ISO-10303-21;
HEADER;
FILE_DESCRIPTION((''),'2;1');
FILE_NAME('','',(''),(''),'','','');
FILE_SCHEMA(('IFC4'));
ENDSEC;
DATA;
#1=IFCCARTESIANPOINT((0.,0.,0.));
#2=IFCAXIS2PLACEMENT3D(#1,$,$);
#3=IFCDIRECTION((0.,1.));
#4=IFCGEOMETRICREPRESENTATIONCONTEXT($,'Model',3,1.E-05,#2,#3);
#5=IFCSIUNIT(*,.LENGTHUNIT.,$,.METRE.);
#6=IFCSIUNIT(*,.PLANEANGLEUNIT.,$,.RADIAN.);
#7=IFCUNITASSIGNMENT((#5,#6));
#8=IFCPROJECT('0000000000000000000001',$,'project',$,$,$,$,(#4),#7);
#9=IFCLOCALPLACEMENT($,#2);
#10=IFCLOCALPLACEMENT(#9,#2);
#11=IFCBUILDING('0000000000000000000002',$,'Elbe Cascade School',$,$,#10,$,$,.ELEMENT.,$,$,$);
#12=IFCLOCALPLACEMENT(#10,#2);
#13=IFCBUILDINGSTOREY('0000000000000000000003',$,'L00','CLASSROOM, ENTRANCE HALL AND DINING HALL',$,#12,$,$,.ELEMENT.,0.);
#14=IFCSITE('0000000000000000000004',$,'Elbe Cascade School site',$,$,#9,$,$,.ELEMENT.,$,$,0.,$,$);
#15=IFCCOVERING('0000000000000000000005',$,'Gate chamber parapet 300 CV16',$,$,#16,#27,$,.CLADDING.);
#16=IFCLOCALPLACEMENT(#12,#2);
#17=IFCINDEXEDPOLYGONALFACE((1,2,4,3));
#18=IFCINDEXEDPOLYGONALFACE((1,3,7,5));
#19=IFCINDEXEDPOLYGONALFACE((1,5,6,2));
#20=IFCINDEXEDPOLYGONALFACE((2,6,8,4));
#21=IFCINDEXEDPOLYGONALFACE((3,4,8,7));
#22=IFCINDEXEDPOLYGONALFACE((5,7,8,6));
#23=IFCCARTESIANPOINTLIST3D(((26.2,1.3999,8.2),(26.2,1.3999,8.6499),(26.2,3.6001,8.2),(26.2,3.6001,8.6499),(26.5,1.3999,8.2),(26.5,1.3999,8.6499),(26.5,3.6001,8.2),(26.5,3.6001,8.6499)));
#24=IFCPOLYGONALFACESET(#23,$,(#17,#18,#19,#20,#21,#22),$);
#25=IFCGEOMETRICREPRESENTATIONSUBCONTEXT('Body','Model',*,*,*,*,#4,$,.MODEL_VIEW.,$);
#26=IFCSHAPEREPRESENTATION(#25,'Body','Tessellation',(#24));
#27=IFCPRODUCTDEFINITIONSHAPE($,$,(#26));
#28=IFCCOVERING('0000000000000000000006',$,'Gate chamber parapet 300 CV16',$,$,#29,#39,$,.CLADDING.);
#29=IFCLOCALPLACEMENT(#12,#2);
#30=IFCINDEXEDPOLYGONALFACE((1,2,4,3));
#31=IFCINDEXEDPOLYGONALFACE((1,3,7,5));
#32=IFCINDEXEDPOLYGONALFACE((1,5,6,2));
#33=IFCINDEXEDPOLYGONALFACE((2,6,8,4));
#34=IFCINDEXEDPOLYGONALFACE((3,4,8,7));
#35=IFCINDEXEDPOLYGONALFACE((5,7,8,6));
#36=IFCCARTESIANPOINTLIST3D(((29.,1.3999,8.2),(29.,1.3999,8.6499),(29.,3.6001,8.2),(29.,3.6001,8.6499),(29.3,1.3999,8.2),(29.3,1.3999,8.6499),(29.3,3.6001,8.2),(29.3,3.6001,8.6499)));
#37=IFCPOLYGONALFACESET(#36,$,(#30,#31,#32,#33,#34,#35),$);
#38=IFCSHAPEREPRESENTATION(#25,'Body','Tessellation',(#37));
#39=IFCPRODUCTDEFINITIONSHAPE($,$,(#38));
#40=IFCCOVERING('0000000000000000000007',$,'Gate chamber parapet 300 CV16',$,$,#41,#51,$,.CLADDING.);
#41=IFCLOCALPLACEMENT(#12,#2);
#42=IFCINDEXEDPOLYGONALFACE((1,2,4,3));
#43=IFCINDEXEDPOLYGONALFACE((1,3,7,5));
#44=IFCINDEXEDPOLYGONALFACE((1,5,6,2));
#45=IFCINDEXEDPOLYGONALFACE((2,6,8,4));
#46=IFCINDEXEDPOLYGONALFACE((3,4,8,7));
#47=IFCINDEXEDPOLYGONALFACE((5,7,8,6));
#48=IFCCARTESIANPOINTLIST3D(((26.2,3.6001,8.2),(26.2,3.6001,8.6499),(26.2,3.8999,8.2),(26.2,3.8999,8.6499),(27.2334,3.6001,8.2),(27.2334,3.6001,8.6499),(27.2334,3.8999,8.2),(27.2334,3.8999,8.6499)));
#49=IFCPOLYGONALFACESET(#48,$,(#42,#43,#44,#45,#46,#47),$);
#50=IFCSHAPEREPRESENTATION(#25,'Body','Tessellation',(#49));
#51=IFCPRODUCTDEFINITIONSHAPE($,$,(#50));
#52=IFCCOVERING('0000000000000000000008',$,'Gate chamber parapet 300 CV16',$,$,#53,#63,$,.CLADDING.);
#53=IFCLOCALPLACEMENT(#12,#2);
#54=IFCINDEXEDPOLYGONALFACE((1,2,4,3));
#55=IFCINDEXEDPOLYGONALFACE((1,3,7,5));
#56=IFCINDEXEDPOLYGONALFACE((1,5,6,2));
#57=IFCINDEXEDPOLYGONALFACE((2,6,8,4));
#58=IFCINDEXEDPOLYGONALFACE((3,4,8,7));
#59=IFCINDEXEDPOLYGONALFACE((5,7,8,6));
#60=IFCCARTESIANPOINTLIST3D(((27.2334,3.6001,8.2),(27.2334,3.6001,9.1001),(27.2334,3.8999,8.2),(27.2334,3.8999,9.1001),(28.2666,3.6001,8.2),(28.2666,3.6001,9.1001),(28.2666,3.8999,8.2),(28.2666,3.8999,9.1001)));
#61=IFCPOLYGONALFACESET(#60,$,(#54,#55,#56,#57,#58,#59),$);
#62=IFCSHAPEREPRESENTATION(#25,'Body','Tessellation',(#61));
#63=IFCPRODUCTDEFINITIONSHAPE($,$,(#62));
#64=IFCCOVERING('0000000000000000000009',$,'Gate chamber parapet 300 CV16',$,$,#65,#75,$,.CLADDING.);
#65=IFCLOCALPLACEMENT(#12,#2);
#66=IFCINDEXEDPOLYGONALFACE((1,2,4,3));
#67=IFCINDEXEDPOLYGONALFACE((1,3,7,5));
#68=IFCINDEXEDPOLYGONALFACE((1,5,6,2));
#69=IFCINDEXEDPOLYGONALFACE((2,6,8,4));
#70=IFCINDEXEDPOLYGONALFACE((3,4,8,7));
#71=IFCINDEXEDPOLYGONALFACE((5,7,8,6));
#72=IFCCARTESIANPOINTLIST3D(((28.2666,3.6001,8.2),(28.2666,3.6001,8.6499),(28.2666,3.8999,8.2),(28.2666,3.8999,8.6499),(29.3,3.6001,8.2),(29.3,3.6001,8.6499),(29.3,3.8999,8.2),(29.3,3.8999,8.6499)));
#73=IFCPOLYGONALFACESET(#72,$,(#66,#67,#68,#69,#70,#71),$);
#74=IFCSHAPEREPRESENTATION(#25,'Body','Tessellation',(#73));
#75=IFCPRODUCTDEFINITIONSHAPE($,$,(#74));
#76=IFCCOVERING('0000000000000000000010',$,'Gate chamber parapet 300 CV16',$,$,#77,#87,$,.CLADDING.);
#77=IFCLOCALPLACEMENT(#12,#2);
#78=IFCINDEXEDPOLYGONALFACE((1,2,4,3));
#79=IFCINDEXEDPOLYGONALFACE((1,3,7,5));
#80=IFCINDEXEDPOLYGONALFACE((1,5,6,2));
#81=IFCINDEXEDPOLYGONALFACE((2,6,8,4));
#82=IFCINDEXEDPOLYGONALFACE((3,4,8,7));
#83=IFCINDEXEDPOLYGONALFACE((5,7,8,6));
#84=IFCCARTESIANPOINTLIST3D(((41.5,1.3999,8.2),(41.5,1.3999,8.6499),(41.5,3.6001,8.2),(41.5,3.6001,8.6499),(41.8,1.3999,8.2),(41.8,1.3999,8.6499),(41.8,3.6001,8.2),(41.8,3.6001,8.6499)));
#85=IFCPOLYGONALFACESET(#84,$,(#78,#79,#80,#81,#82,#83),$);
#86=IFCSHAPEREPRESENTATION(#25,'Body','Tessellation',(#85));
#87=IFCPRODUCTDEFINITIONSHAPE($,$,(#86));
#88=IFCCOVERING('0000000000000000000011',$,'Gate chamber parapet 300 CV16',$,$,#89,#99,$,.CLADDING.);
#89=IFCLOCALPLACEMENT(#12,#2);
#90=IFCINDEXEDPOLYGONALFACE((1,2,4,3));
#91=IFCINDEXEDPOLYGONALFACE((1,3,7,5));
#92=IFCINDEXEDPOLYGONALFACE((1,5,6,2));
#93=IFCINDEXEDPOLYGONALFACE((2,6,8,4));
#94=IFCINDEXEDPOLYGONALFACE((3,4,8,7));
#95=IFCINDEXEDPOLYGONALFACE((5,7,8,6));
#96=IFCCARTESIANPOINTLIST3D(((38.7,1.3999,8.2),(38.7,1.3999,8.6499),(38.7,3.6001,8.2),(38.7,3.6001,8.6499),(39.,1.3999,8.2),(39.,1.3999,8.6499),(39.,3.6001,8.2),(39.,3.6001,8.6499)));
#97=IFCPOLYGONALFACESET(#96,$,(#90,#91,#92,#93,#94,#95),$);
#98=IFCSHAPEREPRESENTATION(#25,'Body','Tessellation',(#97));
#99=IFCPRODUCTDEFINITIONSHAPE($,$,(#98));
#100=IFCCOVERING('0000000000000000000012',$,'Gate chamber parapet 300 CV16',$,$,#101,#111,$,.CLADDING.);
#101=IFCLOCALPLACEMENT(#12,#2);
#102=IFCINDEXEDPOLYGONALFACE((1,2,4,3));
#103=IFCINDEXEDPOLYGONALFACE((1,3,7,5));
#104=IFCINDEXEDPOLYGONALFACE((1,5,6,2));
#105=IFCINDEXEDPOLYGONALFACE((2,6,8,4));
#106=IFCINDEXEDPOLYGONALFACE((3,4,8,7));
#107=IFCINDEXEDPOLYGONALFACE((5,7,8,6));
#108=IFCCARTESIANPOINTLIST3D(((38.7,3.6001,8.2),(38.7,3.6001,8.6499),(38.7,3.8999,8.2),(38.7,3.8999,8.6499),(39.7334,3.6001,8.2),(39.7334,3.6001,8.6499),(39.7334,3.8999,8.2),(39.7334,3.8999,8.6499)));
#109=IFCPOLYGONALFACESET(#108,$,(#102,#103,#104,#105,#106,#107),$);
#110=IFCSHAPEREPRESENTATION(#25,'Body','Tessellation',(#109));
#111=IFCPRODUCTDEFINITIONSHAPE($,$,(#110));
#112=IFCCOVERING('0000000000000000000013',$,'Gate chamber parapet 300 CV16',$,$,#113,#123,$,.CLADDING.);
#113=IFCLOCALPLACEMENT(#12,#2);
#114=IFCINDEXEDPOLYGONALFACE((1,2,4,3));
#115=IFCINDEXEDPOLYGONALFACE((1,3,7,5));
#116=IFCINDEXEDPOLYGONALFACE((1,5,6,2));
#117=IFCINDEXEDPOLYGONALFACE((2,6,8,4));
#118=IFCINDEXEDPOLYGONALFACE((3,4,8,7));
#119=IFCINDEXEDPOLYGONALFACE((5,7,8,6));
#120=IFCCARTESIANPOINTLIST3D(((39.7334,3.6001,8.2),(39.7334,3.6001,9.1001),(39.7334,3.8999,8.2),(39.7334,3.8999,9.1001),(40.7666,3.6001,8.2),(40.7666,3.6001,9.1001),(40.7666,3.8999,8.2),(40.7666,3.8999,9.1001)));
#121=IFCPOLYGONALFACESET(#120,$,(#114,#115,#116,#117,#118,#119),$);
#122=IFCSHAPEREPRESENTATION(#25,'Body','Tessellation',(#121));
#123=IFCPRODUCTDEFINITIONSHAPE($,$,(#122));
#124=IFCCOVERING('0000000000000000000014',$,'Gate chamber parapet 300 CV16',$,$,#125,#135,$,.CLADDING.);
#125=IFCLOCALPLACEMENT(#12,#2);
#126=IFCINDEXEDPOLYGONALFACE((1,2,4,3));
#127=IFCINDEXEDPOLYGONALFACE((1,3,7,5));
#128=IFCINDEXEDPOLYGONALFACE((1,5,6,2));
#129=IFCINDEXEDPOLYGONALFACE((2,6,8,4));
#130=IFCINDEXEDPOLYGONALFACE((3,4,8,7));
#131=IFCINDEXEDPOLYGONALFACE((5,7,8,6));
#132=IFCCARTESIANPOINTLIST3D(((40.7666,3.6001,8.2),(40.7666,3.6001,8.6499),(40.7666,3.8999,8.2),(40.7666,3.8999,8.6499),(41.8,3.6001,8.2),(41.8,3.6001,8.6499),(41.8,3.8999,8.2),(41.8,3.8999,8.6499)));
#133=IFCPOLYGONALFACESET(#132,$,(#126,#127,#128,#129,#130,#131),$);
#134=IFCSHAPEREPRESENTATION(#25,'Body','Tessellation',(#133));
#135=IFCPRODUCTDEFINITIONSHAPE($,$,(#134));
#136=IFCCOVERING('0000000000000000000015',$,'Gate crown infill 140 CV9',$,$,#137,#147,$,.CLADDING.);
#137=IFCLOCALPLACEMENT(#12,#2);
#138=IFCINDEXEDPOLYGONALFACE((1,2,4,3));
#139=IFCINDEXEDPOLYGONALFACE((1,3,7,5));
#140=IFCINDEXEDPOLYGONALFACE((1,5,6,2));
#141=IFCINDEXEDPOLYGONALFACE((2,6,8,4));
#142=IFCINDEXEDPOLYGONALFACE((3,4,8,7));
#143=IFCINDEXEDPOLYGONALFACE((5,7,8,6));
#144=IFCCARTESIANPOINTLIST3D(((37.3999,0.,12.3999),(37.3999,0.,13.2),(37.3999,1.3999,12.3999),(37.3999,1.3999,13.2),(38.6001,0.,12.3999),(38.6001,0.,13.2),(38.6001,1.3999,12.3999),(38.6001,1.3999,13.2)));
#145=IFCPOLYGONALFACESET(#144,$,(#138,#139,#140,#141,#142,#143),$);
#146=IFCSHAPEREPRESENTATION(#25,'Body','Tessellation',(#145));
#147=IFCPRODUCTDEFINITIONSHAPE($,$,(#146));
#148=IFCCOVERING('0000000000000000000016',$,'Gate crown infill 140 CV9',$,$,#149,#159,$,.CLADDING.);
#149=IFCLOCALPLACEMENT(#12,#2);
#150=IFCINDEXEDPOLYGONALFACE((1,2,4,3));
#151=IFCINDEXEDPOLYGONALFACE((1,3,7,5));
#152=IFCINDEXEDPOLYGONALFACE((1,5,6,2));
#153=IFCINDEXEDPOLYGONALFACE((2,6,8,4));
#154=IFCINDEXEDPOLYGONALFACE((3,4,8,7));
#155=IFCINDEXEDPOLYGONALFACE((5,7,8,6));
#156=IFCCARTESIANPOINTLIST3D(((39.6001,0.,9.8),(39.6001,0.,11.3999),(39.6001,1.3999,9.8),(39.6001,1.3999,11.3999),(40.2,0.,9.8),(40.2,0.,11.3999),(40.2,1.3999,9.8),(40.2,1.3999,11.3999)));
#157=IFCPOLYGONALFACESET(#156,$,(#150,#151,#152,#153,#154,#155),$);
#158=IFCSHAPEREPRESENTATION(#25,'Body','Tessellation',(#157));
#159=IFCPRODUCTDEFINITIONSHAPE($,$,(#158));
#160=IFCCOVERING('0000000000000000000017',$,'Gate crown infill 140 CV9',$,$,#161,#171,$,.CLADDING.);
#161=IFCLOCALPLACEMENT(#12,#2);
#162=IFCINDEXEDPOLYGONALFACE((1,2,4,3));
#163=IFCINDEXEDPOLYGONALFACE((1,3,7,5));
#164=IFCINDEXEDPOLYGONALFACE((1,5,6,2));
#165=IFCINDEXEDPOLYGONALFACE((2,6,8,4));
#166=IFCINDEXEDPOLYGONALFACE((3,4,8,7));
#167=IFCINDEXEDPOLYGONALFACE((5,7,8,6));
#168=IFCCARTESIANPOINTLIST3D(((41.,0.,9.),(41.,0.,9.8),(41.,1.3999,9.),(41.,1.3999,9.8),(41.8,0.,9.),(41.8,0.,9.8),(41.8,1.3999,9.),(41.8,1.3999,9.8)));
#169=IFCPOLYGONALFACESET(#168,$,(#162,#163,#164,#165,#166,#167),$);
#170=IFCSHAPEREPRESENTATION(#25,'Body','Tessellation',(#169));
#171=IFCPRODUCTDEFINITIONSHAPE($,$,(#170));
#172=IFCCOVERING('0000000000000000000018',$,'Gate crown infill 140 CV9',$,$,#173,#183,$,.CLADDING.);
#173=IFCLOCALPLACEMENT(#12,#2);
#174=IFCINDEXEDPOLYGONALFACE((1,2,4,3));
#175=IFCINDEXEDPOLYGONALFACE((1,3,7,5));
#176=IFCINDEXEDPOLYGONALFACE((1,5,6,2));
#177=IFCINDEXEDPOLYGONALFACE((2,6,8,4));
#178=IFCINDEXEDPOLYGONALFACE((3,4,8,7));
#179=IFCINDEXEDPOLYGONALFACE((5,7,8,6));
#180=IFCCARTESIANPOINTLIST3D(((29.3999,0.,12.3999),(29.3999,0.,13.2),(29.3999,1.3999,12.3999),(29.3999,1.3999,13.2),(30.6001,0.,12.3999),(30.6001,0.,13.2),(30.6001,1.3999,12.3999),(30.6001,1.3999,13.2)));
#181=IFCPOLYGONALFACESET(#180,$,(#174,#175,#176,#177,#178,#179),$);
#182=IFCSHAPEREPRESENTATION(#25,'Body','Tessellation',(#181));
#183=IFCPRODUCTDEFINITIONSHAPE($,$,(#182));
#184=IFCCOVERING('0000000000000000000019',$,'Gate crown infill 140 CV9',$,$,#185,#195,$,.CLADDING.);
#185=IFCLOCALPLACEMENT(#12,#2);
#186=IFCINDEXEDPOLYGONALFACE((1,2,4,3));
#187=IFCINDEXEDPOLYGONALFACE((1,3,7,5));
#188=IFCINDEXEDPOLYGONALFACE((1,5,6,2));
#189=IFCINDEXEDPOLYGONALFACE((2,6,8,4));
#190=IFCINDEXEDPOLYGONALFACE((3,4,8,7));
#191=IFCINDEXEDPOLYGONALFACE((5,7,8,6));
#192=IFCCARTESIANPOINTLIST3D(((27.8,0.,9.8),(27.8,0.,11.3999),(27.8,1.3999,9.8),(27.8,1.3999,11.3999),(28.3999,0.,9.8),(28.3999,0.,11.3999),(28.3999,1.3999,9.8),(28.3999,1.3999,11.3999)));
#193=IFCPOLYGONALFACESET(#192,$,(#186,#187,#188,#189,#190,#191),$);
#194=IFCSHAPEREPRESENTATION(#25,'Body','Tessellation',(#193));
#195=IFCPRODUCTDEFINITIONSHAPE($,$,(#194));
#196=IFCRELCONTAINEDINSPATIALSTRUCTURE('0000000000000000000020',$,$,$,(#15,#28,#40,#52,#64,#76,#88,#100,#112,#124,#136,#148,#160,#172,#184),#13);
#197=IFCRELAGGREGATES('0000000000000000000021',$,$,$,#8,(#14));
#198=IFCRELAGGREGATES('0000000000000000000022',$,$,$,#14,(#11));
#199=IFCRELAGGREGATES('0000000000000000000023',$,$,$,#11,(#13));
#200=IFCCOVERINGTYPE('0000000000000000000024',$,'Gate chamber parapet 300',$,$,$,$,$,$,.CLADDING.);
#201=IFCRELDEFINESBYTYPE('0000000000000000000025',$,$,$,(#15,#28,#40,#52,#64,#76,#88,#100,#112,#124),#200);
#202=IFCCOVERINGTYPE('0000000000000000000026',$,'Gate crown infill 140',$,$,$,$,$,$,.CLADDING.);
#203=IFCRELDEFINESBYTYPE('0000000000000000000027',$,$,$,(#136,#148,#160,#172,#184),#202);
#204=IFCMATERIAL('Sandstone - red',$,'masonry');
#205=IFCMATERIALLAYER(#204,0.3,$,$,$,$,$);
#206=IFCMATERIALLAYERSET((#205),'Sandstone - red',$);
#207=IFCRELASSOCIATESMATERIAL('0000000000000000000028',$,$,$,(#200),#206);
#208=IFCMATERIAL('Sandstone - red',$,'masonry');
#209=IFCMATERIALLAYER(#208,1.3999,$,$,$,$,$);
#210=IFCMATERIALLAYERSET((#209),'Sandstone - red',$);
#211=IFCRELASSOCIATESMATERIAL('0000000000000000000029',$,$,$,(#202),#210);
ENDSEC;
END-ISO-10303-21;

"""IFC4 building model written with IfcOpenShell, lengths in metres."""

from ifc_helpers import new_model, si_unit, direction, frame, origin, place, context, subcontext, project, spatial, polyline, outline, extrude, material, layer, layer_set, type_object, element, save


model = new_model("IFC4")

# Units and contexts
model_context = context("Model", 3, precision=1e-05, world=origin(), true_north=direction((0.0, 1.0)))
body_context = subcontext(model_context, "Body", "Model", "MODEL_VIEW")
ifc_project = project(units=[si_unit("LENGTHUNIT", "METRE"), si_unit("PLANEANGLEUNIT", "RADIAN")], contexts=[model_context])

# Site, building, storey
site_placement = place(None, origin())
site = spatial("IfcSite", under=ifc_project, at=site_placement, Name="Elbe Cascade School site", CompositionType="ELEMENT", RefElevation=0.0)
building_placement = place(site_placement, origin())
building = spatial("IfcBuilding", under=site, at=building_placement, Name="Elbe Cascade School", CompositionType="ELEMENT")
storey_placement = place(building_placement, origin())
storey = spatial("IfcBuildingStorey", under=building, at=storey_placement, Name="L00", Description="CLASSROOM, ENTRANCE HALL AND DINING HALL", CompositionType="ELEMENT", Elevation=0.0)

# Coverings
ifc_material_1 = material(Name="Sandstone - red", Category="masonry")
ifc_layer_1 = layer(ifc_material_1, 0.3)
ifc_layer_set_1 = layer_set([ifc_layer_1], Name="Sandstone - red")
covering_type_1 = type_object("IfcCoveringType", Name="Gate chamber parapet 300", PredefinedType="CLADDING", material=ifc_layer_set_1)
covering_1_placement = place(storey_placement, frame((0.0, 0.0, 8.2)))
element("IfcCovering", 1, at=covering_1_placement, inside=storey, type_object=covering_type_1, Name="Gate chamber parapet 300 CV16", PredefinedType="CLADDING", context=body_context, shape_type="SweptSolid", body=[
    extrude(outline(polyline([(26.2, 1.3999), (26.5, 1.3999), (26.5, 3.6001), (26.2, 3.6001), (26.2, 1.3999)])), origin(), (0.0, 0.0, 1.0), 0.45),
])
covering_2_placement = place(storey_placement, frame((0.0, 0.0, 8.2)))
element("IfcCovering", 2, at=covering_2_placement, inside=storey, type_object=covering_type_1, Name="Gate chamber parapet 300 CV16", PredefinedType="CLADDING", context=body_context, shape_type="SweptSolid", body=[
    extrude(outline(polyline([(29.0, 1.3999), (29.3, 1.3999), (29.3, 3.6001), (29.0, 3.6001), (29.0, 1.3999)])), origin(), (0.0, 0.0, 1.0), 0.45),
])
covering_3_placement = place(storey_placement, frame((0.0, 0.0, 8.2)))
element("IfcCovering", 3, at=covering_3_placement, inside=storey, type_object=covering_type_1, Name="Gate chamber parapet 300 CV16", PredefinedType="CLADDING", context=body_context, shape_type="SweptSolid", body=[
    extrude(outline(polyline([(26.2, 3.6001), (27.2334, 3.6001), (27.2334, 3.8999), (26.2, 3.8999), (26.2, 3.6001)])), origin(), (0.0, 0.0, 1.0), 0.45),
])
covering_4_placement = place(storey_placement, frame((0.0, 0.0, 8.2)))
element("IfcCovering", 4, at=covering_4_placement, inside=storey, type_object=covering_type_1, Name="Gate chamber parapet 300 CV16", PredefinedType="CLADDING", context=body_context, shape_type="SweptSolid", body=[
    extrude(outline(polyline([(27.2334, 3.6001), (28.2666, 3.6001), (28.2666, 3.8999), (27.2334, 3.8999), (27.2334, 3.6001)])), origin(), (0.0, 0.0, 1.0), 0.9001),
])
covering_5_placement = place(storey_placement, frame((0.0, 0.0, 8.2)))
element("IfcCovering", 5, at=covering_5_placement, inside=storey, type_object=covering_type_1, Name="Gate chamber parapet 300 CV16", PredefinedType="CLADDING", context=body_context, shape_type="SweptSolid", body=[
    extrude(outline(polyline([(28.2666, 3.6001), (29.3, 3.6001), (29.3, 3.8999), (28.2666, 3.8999), (28.2666, 3.6001)])), origin(), (0.0, 0.0, 1.0), 0.45),
])
covering_6_placement = place(storey_placement, frame((0.0, 0.0, 8.2)))
element("IfcCovering", 6, at=covering_6_placement, inside=storey, type_object=covering_type_1, Name="Gate chamber parapet 300 CV16", PredefinedType="CLADDING", context=body_context, shape_type="SweptSolid", body=[
    extrude(outline(polyline([(41.5, 1.3999), (41.8, 1.3999), (41.8, 3.6001), (41.5, 3.6001), (41.5, 1.3999)])), origin(), (0.0, 0.0, 1.0), 0.45),
])
covering_7_placement = place(storey_placement, frame((0.0, 0.0, 8.2)))
element("IfcCovering", 7, at=covering_7_placement, inside=storey, type_object=covering_type_1, Name="Gate chamber parapet 300 CV16", PredefinedType="CLADDING", context=body_context, shape_type="SweptSolid", body=[
    extrude(outline(polyline([(38.7, 1.3999), (39.0, 1.3999), (39.0, 3.6001), (38.7, 3.6001), (38.7, 1.3999)])), origin(), (0.0, 0.0, 1.0), 0.45),
])
covering_8_placement = place(storey_placement, frame((0.0, 0.0, 8.2)))
element("IfcCovering", 8, at=covering_8_placement, inside=storey, type_object=covering_type_1, Name="Gate chamber parapet 300 CV16", PredefinedType="CLADDING", context=body_context, shape_type="SweptSolid", body=[
    extrude(outline(polyline([(38.7, 3.6001), (39.7334, 3.6001), (39.7334, 3.8999), (38.7, 3.8999), (38.7, 3.6001)])), origin(), (0.0, 0.0, 1.0), 0.45),
])
covering_9_placement = place(storey_placement, frame((0.0, 0.0, 8.2)))
element("IfcCovering", 9, at=covering_9_placement, inside=storey, type_object=covering_type_1, Name="Gate chamber parapet 300 CV16", PredefinedType="CLADDING", context=body_context, shape_type="SweptSolid", body=[
    extrude(outline(polyline([(39.7334, 3.6001), (40.7666, 3.6001), (40.7666, 3.8999), (39.7334, 3.8999), (39.7334, 3.6001)])), origin(), (0.0, 0.0, 1.0), 0.9001),
])
covering_10_placement = place(storey_placement, frame((0.0, 0.0, 8.2)))
element("IfcCovering", 10, at=covering_10_placement, inside=storey, type_object=covering_type_1, Name="Gate chamber parapet 300 CV16", PredefinedType="CLADDING", context=body_context, shape_type="SweptSolid", body=[
    extrude(outline(polyline([(40.7666, 3.6001), (41.8, 3.6001), (41.8, 3.8999), (40.7666, 3.8999), (40.7666, 3.6001)])), origin(), (0.0, 0.0, 1.0), 0.45),
])
ifc_material_2 = material(Name="Sandstone - red", Category="masonry")
ifc_layer_2 = layer(ifc_material_2, 1.3999)
ifc_layer_set_2 = layer_set([ifc_layer_2], Name="Sandstone - red")
covering_type_2 = type_object("IfcCoveringType", Name="Gate crown infill 140", PredefinedType="CLADDING", material=ifc_layer_set_2)
covering_11_placement = place(storey_placement, frame((0.0, 0.0, 12.3999)))
element("IfcCovering", 11, at=covering_11_placement, inside=storey, type_object=covering_type_2, Name="Gate crown infill 140 CV9", PredefinedType="CLADDING", context=body_context, shape_type="SweptSolid", body=[
    extrude(outline(polyline([(37.3999, 0.0), (38.6001, 0.0), (38.6001, 1.3999), (37.3999, 1.3999), (37.3999, 0.0)])), origin(), (0.0, 0.0, 1.0), 0.8),
])
covering_12_placement = place(storey_placement, frame((0.0, 0.0, 9.8)))
element("IfcCovering", 12, at=covering_12_placement, inside=storey, type_object=covering_type_2, Name="Gate crown infill 140 CV9", PredefinedType="CLADDING", context=body_context, shape_type="SweptSolid", body=[
    extrude(outline(polyline([(39.6001, 0.0), (40.2, 0.0), (40.2, 1.3999), (39.6001, 1.3999), (39.6001, 0.0)])), origin(), (0.0, 0.0, 1.0), 1.5999),
])
covering_13_placement = place(storey_placement, frame((0.0, 0.0, 9.0)))
element("IfcCovering", 13, at=covering_13_placement, inside=storey, type_object=covering_type_2, Name="Gate crown infill 140 CV9", PredefinedType="CLADDING", context=body_context, shape_type="SweptSolid", body=[
    extrude(outline(polyline([(41.0, 0.0), (41.8, 0.0), (41.8, 1.3999), (41.0, 1.3999), (41.0, 0.0)])), origin(), (0.0, 0.0, 1.0), 0.8),
])
covering_14_placement = place(storey_placement, frame((0.0, 0.0, 12.3999)))
element("IfcCovering", 14, at=covering_14_placement, inside=storey, type_object=covering_type_2, Name="Gate crown infill 140 CV9", PredefinedType="CLADDING", context=body_context, shape_type="SweptSolid", body=[
    extrude(outline(polyline([(29.3999, 0.0), (30.6001, 0.0), (30.6001, 1.3999), (29.3999, 1.3999), (29.3999, 0.0)])), origin(), (0.0, 0.0, 1.0), 0.8),
])
covering_15_placement = place(storey_placement, frame((0.0, 0.0, 9.8)))
element("IfcCovering", 15, at=covering_15_placement, inside=storey, type_object=covering_type_2, Name="Gate crown infill 140 CV9", PredefinedType="CLADDING", context=body_context, shape_type="SweptSolid", body=[
    extrude(outline(polyline([(27.8, 0.0), (28.3999, 0.0), (28.3999, 1.3999), (27.8, 1.3999), (27.8, 0.0)])), origin(), (0.0, 0.0, 1.0), 1.5999),
])

save(model, "model.ifc")
